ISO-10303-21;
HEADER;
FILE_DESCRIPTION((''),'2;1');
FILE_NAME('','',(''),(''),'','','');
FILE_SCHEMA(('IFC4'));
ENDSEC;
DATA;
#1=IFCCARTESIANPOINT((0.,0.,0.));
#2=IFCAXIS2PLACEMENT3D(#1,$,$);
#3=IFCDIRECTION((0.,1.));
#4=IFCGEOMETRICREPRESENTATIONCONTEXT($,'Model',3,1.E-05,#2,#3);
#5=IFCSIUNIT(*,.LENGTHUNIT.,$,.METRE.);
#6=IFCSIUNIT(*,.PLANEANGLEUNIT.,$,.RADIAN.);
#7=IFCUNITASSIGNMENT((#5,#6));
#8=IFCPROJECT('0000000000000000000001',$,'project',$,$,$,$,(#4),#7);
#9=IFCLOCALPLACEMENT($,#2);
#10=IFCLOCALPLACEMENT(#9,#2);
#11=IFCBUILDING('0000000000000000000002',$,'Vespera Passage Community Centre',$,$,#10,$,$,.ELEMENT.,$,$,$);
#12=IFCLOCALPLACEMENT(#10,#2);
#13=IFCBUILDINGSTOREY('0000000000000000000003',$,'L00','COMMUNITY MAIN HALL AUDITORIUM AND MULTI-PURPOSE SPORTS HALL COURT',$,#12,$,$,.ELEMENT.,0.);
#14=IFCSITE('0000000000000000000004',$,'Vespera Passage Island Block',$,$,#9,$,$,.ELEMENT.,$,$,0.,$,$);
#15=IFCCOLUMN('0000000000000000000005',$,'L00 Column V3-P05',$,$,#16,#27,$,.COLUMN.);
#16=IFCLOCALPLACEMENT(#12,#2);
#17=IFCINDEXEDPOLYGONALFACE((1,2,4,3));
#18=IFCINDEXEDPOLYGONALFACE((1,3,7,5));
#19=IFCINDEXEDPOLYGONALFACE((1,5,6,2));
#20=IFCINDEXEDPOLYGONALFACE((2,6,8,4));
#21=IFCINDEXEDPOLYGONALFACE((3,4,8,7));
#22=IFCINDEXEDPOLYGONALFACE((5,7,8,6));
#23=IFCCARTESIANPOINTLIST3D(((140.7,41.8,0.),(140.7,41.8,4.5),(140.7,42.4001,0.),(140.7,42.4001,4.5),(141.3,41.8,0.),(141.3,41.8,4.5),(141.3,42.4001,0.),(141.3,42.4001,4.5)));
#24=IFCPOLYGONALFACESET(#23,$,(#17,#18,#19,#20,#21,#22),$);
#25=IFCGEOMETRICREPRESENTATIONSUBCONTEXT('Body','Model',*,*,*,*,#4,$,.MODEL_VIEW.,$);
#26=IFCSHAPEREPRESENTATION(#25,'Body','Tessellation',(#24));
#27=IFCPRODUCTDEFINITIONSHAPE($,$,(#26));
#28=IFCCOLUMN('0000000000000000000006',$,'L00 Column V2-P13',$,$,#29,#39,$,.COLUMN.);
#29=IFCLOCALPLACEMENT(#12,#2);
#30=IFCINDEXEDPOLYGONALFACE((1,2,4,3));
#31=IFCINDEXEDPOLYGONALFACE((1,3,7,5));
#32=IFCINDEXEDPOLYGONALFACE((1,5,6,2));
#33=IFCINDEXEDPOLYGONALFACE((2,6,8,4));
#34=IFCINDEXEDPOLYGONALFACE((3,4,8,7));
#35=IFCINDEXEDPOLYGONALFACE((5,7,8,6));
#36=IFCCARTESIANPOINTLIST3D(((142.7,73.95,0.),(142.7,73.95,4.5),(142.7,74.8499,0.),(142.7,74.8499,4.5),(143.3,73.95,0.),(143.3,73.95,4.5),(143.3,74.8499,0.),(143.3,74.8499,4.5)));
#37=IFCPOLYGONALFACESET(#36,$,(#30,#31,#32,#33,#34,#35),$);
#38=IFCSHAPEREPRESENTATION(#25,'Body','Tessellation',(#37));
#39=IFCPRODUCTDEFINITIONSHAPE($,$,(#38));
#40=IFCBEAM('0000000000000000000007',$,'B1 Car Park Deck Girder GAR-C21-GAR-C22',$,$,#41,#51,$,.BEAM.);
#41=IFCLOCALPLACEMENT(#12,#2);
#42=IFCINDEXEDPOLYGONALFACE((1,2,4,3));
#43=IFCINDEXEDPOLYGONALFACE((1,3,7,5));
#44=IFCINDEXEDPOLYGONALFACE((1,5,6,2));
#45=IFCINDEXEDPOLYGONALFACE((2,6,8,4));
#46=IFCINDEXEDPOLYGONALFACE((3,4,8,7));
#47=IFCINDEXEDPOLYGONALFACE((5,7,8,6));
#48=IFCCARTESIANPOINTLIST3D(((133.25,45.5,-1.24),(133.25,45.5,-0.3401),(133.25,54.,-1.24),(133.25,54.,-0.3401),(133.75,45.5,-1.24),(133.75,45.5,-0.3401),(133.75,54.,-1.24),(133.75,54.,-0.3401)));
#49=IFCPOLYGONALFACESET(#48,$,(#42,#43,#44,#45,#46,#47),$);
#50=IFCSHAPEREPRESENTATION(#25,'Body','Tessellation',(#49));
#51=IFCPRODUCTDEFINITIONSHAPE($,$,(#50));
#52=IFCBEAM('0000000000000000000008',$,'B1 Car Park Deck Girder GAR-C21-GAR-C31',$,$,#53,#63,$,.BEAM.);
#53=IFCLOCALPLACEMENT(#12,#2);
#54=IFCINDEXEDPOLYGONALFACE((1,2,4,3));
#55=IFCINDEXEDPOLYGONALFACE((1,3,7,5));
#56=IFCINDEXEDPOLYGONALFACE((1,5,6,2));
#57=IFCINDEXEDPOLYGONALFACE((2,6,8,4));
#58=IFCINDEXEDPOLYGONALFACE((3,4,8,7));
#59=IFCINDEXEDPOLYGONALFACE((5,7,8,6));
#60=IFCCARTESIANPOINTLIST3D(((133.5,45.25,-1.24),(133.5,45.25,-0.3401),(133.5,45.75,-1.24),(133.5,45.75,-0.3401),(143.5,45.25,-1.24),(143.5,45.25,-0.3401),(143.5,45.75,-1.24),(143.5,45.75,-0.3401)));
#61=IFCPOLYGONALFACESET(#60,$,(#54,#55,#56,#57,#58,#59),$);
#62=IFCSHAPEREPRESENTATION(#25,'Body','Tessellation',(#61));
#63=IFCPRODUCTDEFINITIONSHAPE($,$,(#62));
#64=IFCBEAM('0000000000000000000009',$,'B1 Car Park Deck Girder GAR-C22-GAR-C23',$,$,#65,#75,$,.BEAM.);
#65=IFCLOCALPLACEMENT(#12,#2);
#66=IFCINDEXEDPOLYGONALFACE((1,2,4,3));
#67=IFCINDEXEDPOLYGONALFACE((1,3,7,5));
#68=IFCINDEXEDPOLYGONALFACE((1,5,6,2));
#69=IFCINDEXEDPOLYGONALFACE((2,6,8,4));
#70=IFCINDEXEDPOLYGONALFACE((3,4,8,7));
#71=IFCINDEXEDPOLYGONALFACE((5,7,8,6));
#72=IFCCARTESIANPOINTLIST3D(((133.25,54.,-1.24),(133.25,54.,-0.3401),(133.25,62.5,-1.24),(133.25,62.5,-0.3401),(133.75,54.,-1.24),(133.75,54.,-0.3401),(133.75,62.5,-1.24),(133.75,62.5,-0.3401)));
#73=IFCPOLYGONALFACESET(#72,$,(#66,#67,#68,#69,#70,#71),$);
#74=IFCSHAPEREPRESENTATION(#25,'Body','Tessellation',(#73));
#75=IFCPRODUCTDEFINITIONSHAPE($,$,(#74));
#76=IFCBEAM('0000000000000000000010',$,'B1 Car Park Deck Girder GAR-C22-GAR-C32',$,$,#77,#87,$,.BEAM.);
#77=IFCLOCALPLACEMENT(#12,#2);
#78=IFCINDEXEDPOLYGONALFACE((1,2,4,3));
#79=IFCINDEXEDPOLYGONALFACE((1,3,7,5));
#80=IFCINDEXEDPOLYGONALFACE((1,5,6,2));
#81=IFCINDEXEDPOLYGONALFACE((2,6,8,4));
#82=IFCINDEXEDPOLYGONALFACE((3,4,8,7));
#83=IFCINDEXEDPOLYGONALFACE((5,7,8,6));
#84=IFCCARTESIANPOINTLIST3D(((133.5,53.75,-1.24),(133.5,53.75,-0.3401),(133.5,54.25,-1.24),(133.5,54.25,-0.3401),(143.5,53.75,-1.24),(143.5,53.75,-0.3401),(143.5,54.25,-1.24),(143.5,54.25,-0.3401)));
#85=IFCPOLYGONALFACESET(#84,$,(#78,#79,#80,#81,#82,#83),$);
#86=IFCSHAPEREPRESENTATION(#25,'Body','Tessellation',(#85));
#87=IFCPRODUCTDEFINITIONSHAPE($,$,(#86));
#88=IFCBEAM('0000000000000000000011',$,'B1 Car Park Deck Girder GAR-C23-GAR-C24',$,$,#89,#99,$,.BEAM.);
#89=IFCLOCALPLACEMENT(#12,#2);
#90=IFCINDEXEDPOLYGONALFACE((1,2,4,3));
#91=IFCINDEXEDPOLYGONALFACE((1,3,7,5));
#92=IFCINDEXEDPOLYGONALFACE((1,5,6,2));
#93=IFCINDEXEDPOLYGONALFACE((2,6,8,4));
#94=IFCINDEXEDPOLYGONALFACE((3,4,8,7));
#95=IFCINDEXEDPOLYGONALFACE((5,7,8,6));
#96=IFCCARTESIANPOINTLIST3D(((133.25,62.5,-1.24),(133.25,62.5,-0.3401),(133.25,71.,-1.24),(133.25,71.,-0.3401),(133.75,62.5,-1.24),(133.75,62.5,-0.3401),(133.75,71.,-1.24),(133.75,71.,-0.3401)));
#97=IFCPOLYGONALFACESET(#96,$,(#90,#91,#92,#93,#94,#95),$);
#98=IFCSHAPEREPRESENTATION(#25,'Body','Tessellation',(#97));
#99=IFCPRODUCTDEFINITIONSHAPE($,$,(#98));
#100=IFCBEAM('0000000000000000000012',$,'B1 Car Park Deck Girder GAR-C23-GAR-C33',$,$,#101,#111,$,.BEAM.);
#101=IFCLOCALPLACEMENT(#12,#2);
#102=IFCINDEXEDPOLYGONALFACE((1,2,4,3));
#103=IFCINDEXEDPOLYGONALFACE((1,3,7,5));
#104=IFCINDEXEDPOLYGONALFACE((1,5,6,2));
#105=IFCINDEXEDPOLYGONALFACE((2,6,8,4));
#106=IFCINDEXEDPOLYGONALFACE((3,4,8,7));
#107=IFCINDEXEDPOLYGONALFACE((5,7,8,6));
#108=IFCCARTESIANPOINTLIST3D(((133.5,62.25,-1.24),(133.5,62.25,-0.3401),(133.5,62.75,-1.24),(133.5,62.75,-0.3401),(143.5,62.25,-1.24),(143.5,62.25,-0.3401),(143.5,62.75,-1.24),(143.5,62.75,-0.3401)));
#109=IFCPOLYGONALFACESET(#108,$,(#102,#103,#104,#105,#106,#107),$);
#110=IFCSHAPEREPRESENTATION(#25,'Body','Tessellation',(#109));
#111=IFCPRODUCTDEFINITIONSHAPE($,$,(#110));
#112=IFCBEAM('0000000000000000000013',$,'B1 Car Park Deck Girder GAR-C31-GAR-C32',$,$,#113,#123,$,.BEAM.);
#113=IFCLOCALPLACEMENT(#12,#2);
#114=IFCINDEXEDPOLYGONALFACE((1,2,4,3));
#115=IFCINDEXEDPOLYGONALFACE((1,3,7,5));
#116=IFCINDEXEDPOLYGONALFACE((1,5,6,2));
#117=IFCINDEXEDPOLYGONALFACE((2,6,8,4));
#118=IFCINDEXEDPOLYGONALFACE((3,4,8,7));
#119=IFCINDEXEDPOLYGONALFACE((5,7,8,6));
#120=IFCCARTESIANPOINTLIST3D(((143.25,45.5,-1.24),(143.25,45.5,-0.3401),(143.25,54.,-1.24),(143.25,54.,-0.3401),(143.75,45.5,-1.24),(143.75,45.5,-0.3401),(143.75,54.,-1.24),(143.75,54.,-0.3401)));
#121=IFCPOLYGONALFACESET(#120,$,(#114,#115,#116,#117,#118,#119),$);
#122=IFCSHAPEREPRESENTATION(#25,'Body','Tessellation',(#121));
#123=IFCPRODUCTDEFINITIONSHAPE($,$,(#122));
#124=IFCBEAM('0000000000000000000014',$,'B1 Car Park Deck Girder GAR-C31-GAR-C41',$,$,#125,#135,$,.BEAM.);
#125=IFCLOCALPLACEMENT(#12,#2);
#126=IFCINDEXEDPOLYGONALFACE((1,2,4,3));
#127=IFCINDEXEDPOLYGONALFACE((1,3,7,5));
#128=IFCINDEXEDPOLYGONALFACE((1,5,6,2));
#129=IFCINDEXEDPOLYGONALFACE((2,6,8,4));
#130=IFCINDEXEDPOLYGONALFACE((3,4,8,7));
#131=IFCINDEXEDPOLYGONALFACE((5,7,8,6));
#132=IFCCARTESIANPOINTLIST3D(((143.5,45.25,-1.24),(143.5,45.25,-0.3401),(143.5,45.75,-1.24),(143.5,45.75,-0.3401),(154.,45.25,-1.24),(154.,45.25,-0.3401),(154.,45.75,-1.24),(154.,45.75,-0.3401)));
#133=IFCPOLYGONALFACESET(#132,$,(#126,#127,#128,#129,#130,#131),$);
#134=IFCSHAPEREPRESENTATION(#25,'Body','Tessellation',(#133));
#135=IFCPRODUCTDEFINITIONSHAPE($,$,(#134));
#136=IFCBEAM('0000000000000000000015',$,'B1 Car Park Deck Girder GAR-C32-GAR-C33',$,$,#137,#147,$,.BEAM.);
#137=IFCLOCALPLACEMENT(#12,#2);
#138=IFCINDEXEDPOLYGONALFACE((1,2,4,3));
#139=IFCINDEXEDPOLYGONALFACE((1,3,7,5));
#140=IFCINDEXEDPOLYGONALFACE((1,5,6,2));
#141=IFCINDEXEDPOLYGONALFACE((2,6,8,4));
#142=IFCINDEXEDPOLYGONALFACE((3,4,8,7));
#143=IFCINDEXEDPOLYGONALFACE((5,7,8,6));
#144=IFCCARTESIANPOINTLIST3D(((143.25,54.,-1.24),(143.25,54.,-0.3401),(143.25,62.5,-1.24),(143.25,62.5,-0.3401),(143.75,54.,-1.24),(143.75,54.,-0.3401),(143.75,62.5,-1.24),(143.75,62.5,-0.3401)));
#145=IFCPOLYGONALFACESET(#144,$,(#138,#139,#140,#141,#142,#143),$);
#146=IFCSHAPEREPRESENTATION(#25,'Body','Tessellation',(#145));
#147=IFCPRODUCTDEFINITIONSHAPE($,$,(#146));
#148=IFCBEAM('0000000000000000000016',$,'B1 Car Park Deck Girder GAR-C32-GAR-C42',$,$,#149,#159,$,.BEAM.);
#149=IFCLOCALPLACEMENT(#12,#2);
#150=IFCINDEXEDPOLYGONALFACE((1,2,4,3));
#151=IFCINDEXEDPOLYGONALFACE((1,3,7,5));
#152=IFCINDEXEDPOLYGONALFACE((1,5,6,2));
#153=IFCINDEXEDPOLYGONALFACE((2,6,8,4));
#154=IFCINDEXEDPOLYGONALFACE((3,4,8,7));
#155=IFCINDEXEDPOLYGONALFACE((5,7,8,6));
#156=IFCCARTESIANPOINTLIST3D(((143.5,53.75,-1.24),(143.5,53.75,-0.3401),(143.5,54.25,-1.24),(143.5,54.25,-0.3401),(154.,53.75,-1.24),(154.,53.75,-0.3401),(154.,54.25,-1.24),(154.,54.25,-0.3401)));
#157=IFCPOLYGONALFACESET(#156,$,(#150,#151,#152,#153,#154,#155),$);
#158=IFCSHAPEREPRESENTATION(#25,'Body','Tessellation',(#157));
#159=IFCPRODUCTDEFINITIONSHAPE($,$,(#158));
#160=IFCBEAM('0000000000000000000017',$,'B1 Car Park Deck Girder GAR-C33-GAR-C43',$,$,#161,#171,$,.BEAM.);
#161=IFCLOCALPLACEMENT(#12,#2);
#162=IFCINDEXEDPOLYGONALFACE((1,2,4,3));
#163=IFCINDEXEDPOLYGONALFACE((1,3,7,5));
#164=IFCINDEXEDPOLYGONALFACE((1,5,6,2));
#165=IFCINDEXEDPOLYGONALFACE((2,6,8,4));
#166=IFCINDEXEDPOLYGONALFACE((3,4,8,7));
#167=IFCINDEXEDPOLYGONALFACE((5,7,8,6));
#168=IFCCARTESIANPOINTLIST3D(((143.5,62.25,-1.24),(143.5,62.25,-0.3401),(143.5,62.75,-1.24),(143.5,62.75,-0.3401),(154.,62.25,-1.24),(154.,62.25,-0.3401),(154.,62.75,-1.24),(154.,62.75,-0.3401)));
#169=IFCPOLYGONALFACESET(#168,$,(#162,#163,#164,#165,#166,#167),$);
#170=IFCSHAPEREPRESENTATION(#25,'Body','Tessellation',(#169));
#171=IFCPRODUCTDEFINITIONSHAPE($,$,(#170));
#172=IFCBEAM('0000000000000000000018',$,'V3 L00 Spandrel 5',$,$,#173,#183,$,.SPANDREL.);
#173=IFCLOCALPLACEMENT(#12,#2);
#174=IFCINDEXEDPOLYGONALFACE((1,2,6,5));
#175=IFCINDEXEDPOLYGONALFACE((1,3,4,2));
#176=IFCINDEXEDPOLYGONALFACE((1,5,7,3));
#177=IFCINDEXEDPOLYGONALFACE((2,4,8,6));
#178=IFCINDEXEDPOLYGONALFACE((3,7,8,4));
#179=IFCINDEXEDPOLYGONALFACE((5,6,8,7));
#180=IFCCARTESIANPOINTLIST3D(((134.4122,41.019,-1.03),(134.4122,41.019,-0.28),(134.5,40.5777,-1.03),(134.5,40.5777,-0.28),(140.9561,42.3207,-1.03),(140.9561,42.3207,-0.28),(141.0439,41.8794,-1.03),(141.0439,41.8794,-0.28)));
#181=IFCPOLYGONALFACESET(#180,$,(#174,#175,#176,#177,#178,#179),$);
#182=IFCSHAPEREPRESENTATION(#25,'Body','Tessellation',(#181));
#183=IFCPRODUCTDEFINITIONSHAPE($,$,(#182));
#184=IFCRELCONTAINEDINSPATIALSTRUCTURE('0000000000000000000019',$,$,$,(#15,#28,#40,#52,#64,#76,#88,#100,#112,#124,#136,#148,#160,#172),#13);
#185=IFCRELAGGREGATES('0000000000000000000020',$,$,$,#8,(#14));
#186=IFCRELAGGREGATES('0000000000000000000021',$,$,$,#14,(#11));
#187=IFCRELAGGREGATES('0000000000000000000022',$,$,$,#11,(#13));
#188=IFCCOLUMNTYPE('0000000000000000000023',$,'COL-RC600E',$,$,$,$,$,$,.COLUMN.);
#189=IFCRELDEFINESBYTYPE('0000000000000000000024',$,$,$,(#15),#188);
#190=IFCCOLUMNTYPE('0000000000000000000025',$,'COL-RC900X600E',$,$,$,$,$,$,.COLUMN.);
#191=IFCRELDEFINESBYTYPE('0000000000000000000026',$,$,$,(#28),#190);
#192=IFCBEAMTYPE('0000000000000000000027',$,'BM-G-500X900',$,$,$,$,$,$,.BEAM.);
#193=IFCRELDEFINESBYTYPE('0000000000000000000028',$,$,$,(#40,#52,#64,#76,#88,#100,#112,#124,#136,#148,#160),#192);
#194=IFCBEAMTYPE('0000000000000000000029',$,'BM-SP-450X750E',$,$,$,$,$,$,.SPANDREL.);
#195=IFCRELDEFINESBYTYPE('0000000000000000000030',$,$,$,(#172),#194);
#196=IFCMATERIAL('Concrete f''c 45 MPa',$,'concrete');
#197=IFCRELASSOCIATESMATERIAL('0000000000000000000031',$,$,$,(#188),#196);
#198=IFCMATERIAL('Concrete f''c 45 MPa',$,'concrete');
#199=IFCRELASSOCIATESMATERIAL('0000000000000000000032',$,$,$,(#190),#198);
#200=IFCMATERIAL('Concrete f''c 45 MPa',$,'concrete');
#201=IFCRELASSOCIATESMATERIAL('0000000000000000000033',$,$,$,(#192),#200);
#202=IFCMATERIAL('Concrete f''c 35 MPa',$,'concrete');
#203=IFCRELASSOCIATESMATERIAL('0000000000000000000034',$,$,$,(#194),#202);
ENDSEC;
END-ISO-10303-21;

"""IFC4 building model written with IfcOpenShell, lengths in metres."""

from ifc_helpers import new_model, si_unit, direction, frame, origin, origin_2d, place, context, subcontext, project, spatial, rectangle, extrude, material, material_profile, profile_set, type_object, element, save


model = new_model("IFC4")

# Units and contexts
model_context = context("Model", 3, precision=1e-05, world=origin(), true_north=direction((0.0, 1.0)))
body_context = subcontext(model_context, "Body", "Model", "MODEL_VIEW")
ifc_project = project(units=[si_unit("LENGTHUNIT", "METRE"), si_unit("PLANEANGLEUNIT", "RADIAN")], contexts=[model_context])

# Site, building, storey
site_placement = place(None, origin())
site = spatial("IfcSite", under=ifc_project, at=site_placement, Name="Vespera Passage Island Block", CompositionType="ELEMENT", RefElevation=0.0)
building_placement = place(site_placement, origin())
building = spatial("IfcBuilding", under=site, at=building_placement, Name="Vespera Passage Community Centre", CompositionType="ELEMENT")
storey_placement = place(building_placement, origin())
storey = spatial("IfcBuildingStorey", under=building, at=storey_placement, Name="L00", Description="COMMUNITY MAIN HALL AUDITORIUM AND MULTI-PURPOSE SPORTS HALL COURT", CompositionType="ELEMENT", Elevation=0.0)

# Columns
ifc_material_1 = material(Name="Concrete f'c 45 MPa", Category="concrete")
ifc_material_profile_1 = material_profile(ifc_material_1, rectangle(XDim=0.6001, YDim=0.6001, at=origin_2d()), Name="RC600X600")
ifc_profile_set_1 = profile_set([ifc_material_profile_1], Name="Concrete f'c 45 MPa")
column_type_1 = type_object("IfcColumnType", Name="COL-RC600E", PredefinedType="COLUMN", material=ifc_profile_set_1)
column_1_placement = place(storey_placement, frame((141.0, 42.1001, 0.0), z_axis=(0.0, 0.0, 1.0), x_axis=(1.0, 0.0, 0.0)))
element("IfcColumn", 1, at=column_1_placement, inside=storey, type_object=column_type_1, Name="L00 Column V3-P05", PredefinedType="COLUMN", context=body_context, shape_type="SweptSolid", body=[
    extrude(rectangle(XDim=0.6001, YDim=0.6001, at=origin_2d()), origin(), (0.0, 0.0, 1.0), 4.5),
])
ifc_material_2 = material(Name="Concrete f'c 45 MPa", Category="concrete")
ifc_material_profile_2 = material_profile(ifc_material_2, rectangle(XDim=0.6001, YDim=0.8999, at=origin_2d()), Name="RC900X600")
ifc_profile_set_2 = profile_set([ifc_material_profile_2], Name="Concrete f'c 45 MPa")
column_type_2 = type_object("IfcColumnType", Name="COL-RC900X600E", PredefinedType="COLUMN", material=ifc_profile_set_2)
column_2_placement = place(storey_placement, frame((143.0, 74.3999, 0.0), z_axis=(0.0, 0.0, 1.0), x_axis=(1.0, 0.0, 0.0)))
element("IfcColumn", 2, at=column_2_placement, inside=storey, type_object=column_type_2, Name="L00 Column V2-P13", PredefinedType="COLUMN", context=body_context, shape_type="SweptSolid", body=[
    extrude(rectangle(XDim=0.6001, YDim=0.8999, at=origin_2d()), origin(), (0.0, 0.0, 1.0), 4.5),
])

# Beams
ifc_material_3 = material(Name="Concrete f'c 45 MPa", Category="concrete")
ifc_material_profile_3 = material_profile(ifc_material_3, rectangle(XDim=0.5, YDim=0.8999, at=origin_2d()), Name="RC500X900")
ifc_profile_set_3 = profile_set([ifc_material_profile_3], Name="Concrete f'c 45 MPa")
beam_type_1 = type_object("IfcBeamType", Name="BM-G-500X900", PredefinedType="BEAM", material=ifc_profile_set_3)
beam_1_placement = place(storey_placement, frame((133.5, 45.5, -0.79), z_axis=(0.0, 1.0, 0.0), x_axis=(-1.0, 0.0, 0.0)))
element("IfcBeam", 3, at=beam_1_placement, inside=storey, type_object=beam_type_1, Name="B1 Car Park Deck Girder GAR-C21-GAR-C22", PredefinedType="BEAM", context=body_context, shape_type="SweptSolid", body=[
    extrude(rectangle(XDim=0.5, YDim=0.8999, at=origin_2d()), origin(), (0.0, 0.0, 1.0), 8.5),
])
beam_2_placement = place(storey_placement, frame((133.5, 45.5, -0.79), z_axis=(1.0, 0.0, 0.0), x_axis=(0.0, 1.0, 0.0)))
element("IfcBeam", 4, at=beam_2_placement, inside=storey, type_object=beam_type_1, Name="B1 Car Park Deck Girder GAR-C21-GAR-C31", PredefinedType="BEAM", context=body_context, shape_type="SweptSolid", body=[
    extrude(rectangle(XDim=0.5, YDim=0.8999, at=origin_2d()), origin(), (0.0, 0.0, 1.0), 10.0),
])
beam_3_placement = place(storey_placement, frame((133.5, 54.0, -0.79), z_axis=(0.0, 1.0, 0.0), x_axis=(-1.0, 0.0, 0.0)))
element("IfcBeam", 5, at=beam_3_placement, inside=storey, type_object=beam_type_1, Name="B1 Car Park Deck Girder GAR-C22-GAR-C23", PredefinedType="BEAM", context=body_context, shape_type="SweptSolid", body=[
    extrude(rectangle(XDim=0.5, YDim=0.8999, at=origin_2d()), origin(), (0.0, 0.0, 1.0), 8.5),
])
beam_4_placement = place(storey_placement, frame((133.5, 54.0, -0.79), z_axis=(1.0, 0.0, 0.0), x_axis=(0.0, 1.0, 0.0)))
element("IfcBeam", 6, at=beam_4_placement, inside=storey, type_object=beam_type_1, Name="B1 Car Park Deck Girder GAR-C22-GAR-C32", PredefinedType="BEAM", context=body_context, shape_type="SweptSolid", body=[
    extrude(rectangle(XDim=0.5, YDim=0.8999, at=origin_2d()), origin(), (0.0, 0.0, 1.0), 10.0),
])
beam_5_placement = place(storey_placement, frame((133.5, 62.5, -0.79), z_axis=(0.0, 1.0, 0.0), x_axis=(-1.0, 0.0, 0.0)))
element("IfcBeam", 7, at=beam_5_placement, inside=storey, type_object=beam_type_1, Name="B1 Car Park Deck Girder GAR-C23-GAR-C24", PredefinedType="BEAM", context=body_context, shape_type="SweptSolid", body=[
    extrude(rectangle(XDim=0.5, YDim=0.8999, at=origin_2d()), origin(), (0.0, 0.0, 1.0), 8.5),
])
beam_6_placement = place(storey_placement, frame((133.5, 62.5, -0.79), z_axis=(1.0, 0.0, 0.0), x_axis=(0.0, 1.0, 0.0)))
element("IfcBeam", 8, at=beam_6_placement, inside=storey, type_object=beam_type_1, Name="B1 Car Park Deck Girder GAR-C23-GAR-C33", PredefinedType="BEAM", context=body_context, shape_type="SweptSolid", body=[
    extrude(rectangle(XDim=0.5, YDim=0.8999, at=origin_2d()), origin(), (0.0, 0.0, 1.0), 10.0),
])
beam_7_placement = place(storey_placement, frame((143.5, 45.5, -0.79), z_axis=(0.0, 1.0, 0.0), x_axis=(-1.0, 0.0, 0.0)))
element("IfcBeam", 9, at=beam_7_placement, inside=storey, type_object=beam_type_1, Name="B1 Car Park Deck Girder GAR-C31-GAR-C32", PredefinedType="BEAM", context=body_context, shape_type="SweptSolid", body=[
    extrude(rectangle(XDim=0.5, YDim=0.8999, at=origin_2d()), origin(), (0.0, 0.0, 1.0), 8.5),
])
beam_8_placement = place(storey_placement, frame((143.5, 45.5, -0.79), z_axis=(1.0, 0.0, 0.0), x_axis=(0.0, 1.0, 0.0)))
element("IfcBeam", 10, at=beam_8_placement, inside=storey, type_object=beam_type_1, Name="B1 Car Park Deck Girder GAR-C31-GAR-C41", PredefinedType="BEAM", context=body_context, shape_type="SweptSolid", body=[
    extrude(rectangle(XDim=0.5, YDim=0.8999, at=origin_2d()), origin(), (0.0, 0.0, 1.0), 10.5),
])
beam_9_placement = place(storey_placement, frame((143.5, 54.0, -0.79), z_axis=(0.0, 1.0, 0.0), x_axis=(-1.0, 0.0, 0.0)))
element("IfcBeam", 11, at=beam_9_placement, inside=storey, type_object=beam_type_1, Name="B1 Car Park Deck Girder GAR-C32-GAR-C33", PredefinedType="BEAM", context=body_context, shape_type="SweptSolid", body=[
    extrude(rectangle(XDim=0.5, YDim=0.8999, at=origin_2d()), origin(), (0.0, 0.0, 1.0), 8.5),
])
for number, where, z_axis, x_axis, name in (
    (12, (143.5, 54.0, -0.79), (1.0, 0.0, 0.0), (0.0, 1.0, 0.0), "B1 Car Park Deck Girder GAR-C32-GAR-C42"),
    (13, (143.5, 62.5, -0.79), (1.0, 0.0, 0.0), (0.0, 1.0, 0.0), "B1 Car Park Deck Girder GAR-C33-GAR-C43"),
):
    element("IfcBeam", number, at=place(storey_placement, frame(where, z_axis=z_axis, x_axis=x_axis)), inside=storey, type_object=beam_type_1, Name=name, PredefinedType="BEAM", context=body_context, shape_type="SweptSolid", body=[
        extrude(rectangle(XDim=0.5, YDim=0.8999, at=origin_2d()), origin(), (0.0, 0.0, 1.0), 10.5),
    ])
ifc_material_4 = material(Name="Concrete f'c 35 MPa", Category="concrete")
ifc_material_profile_4 = material_profile(ifc_material_4, rectangle(XDim=0.45, YDim=0.75, at=origin_2d()), Name="RC450X750")
ifc_profile_set_4 = profile_set([ifc_material_profile_4], Name="Concrete f'c 35 MPa")
beam_type_2 = type_object("IfcBeamType", Name="BM-SP-450X750E", PredefinedType="SPANDREL", material=ifc_profile_set_4)
beam_10_placement = place(storey_placement, frame((141.0, 42.1001, -0.655), z_axis=(-0.980783, -0.195103, 0.0), x_axis=(0.195103, -0.980783, 0.0)))
element("IfcBeam", 14, at=beam_10_placement, inside=storey, type_object=beam_type_2, Name="V3 L00 Spandrel 5", PredefinedType="SPANDREL", context=body_context, shape_type="SweptSolid", body=[
    extrude(rectangle(XDim=0.45, YDim=0.75, at=origin_2d()), origin(), (0.0, 0.0, 1.0), 6.6721),
])

save(model, "model.ifc")
